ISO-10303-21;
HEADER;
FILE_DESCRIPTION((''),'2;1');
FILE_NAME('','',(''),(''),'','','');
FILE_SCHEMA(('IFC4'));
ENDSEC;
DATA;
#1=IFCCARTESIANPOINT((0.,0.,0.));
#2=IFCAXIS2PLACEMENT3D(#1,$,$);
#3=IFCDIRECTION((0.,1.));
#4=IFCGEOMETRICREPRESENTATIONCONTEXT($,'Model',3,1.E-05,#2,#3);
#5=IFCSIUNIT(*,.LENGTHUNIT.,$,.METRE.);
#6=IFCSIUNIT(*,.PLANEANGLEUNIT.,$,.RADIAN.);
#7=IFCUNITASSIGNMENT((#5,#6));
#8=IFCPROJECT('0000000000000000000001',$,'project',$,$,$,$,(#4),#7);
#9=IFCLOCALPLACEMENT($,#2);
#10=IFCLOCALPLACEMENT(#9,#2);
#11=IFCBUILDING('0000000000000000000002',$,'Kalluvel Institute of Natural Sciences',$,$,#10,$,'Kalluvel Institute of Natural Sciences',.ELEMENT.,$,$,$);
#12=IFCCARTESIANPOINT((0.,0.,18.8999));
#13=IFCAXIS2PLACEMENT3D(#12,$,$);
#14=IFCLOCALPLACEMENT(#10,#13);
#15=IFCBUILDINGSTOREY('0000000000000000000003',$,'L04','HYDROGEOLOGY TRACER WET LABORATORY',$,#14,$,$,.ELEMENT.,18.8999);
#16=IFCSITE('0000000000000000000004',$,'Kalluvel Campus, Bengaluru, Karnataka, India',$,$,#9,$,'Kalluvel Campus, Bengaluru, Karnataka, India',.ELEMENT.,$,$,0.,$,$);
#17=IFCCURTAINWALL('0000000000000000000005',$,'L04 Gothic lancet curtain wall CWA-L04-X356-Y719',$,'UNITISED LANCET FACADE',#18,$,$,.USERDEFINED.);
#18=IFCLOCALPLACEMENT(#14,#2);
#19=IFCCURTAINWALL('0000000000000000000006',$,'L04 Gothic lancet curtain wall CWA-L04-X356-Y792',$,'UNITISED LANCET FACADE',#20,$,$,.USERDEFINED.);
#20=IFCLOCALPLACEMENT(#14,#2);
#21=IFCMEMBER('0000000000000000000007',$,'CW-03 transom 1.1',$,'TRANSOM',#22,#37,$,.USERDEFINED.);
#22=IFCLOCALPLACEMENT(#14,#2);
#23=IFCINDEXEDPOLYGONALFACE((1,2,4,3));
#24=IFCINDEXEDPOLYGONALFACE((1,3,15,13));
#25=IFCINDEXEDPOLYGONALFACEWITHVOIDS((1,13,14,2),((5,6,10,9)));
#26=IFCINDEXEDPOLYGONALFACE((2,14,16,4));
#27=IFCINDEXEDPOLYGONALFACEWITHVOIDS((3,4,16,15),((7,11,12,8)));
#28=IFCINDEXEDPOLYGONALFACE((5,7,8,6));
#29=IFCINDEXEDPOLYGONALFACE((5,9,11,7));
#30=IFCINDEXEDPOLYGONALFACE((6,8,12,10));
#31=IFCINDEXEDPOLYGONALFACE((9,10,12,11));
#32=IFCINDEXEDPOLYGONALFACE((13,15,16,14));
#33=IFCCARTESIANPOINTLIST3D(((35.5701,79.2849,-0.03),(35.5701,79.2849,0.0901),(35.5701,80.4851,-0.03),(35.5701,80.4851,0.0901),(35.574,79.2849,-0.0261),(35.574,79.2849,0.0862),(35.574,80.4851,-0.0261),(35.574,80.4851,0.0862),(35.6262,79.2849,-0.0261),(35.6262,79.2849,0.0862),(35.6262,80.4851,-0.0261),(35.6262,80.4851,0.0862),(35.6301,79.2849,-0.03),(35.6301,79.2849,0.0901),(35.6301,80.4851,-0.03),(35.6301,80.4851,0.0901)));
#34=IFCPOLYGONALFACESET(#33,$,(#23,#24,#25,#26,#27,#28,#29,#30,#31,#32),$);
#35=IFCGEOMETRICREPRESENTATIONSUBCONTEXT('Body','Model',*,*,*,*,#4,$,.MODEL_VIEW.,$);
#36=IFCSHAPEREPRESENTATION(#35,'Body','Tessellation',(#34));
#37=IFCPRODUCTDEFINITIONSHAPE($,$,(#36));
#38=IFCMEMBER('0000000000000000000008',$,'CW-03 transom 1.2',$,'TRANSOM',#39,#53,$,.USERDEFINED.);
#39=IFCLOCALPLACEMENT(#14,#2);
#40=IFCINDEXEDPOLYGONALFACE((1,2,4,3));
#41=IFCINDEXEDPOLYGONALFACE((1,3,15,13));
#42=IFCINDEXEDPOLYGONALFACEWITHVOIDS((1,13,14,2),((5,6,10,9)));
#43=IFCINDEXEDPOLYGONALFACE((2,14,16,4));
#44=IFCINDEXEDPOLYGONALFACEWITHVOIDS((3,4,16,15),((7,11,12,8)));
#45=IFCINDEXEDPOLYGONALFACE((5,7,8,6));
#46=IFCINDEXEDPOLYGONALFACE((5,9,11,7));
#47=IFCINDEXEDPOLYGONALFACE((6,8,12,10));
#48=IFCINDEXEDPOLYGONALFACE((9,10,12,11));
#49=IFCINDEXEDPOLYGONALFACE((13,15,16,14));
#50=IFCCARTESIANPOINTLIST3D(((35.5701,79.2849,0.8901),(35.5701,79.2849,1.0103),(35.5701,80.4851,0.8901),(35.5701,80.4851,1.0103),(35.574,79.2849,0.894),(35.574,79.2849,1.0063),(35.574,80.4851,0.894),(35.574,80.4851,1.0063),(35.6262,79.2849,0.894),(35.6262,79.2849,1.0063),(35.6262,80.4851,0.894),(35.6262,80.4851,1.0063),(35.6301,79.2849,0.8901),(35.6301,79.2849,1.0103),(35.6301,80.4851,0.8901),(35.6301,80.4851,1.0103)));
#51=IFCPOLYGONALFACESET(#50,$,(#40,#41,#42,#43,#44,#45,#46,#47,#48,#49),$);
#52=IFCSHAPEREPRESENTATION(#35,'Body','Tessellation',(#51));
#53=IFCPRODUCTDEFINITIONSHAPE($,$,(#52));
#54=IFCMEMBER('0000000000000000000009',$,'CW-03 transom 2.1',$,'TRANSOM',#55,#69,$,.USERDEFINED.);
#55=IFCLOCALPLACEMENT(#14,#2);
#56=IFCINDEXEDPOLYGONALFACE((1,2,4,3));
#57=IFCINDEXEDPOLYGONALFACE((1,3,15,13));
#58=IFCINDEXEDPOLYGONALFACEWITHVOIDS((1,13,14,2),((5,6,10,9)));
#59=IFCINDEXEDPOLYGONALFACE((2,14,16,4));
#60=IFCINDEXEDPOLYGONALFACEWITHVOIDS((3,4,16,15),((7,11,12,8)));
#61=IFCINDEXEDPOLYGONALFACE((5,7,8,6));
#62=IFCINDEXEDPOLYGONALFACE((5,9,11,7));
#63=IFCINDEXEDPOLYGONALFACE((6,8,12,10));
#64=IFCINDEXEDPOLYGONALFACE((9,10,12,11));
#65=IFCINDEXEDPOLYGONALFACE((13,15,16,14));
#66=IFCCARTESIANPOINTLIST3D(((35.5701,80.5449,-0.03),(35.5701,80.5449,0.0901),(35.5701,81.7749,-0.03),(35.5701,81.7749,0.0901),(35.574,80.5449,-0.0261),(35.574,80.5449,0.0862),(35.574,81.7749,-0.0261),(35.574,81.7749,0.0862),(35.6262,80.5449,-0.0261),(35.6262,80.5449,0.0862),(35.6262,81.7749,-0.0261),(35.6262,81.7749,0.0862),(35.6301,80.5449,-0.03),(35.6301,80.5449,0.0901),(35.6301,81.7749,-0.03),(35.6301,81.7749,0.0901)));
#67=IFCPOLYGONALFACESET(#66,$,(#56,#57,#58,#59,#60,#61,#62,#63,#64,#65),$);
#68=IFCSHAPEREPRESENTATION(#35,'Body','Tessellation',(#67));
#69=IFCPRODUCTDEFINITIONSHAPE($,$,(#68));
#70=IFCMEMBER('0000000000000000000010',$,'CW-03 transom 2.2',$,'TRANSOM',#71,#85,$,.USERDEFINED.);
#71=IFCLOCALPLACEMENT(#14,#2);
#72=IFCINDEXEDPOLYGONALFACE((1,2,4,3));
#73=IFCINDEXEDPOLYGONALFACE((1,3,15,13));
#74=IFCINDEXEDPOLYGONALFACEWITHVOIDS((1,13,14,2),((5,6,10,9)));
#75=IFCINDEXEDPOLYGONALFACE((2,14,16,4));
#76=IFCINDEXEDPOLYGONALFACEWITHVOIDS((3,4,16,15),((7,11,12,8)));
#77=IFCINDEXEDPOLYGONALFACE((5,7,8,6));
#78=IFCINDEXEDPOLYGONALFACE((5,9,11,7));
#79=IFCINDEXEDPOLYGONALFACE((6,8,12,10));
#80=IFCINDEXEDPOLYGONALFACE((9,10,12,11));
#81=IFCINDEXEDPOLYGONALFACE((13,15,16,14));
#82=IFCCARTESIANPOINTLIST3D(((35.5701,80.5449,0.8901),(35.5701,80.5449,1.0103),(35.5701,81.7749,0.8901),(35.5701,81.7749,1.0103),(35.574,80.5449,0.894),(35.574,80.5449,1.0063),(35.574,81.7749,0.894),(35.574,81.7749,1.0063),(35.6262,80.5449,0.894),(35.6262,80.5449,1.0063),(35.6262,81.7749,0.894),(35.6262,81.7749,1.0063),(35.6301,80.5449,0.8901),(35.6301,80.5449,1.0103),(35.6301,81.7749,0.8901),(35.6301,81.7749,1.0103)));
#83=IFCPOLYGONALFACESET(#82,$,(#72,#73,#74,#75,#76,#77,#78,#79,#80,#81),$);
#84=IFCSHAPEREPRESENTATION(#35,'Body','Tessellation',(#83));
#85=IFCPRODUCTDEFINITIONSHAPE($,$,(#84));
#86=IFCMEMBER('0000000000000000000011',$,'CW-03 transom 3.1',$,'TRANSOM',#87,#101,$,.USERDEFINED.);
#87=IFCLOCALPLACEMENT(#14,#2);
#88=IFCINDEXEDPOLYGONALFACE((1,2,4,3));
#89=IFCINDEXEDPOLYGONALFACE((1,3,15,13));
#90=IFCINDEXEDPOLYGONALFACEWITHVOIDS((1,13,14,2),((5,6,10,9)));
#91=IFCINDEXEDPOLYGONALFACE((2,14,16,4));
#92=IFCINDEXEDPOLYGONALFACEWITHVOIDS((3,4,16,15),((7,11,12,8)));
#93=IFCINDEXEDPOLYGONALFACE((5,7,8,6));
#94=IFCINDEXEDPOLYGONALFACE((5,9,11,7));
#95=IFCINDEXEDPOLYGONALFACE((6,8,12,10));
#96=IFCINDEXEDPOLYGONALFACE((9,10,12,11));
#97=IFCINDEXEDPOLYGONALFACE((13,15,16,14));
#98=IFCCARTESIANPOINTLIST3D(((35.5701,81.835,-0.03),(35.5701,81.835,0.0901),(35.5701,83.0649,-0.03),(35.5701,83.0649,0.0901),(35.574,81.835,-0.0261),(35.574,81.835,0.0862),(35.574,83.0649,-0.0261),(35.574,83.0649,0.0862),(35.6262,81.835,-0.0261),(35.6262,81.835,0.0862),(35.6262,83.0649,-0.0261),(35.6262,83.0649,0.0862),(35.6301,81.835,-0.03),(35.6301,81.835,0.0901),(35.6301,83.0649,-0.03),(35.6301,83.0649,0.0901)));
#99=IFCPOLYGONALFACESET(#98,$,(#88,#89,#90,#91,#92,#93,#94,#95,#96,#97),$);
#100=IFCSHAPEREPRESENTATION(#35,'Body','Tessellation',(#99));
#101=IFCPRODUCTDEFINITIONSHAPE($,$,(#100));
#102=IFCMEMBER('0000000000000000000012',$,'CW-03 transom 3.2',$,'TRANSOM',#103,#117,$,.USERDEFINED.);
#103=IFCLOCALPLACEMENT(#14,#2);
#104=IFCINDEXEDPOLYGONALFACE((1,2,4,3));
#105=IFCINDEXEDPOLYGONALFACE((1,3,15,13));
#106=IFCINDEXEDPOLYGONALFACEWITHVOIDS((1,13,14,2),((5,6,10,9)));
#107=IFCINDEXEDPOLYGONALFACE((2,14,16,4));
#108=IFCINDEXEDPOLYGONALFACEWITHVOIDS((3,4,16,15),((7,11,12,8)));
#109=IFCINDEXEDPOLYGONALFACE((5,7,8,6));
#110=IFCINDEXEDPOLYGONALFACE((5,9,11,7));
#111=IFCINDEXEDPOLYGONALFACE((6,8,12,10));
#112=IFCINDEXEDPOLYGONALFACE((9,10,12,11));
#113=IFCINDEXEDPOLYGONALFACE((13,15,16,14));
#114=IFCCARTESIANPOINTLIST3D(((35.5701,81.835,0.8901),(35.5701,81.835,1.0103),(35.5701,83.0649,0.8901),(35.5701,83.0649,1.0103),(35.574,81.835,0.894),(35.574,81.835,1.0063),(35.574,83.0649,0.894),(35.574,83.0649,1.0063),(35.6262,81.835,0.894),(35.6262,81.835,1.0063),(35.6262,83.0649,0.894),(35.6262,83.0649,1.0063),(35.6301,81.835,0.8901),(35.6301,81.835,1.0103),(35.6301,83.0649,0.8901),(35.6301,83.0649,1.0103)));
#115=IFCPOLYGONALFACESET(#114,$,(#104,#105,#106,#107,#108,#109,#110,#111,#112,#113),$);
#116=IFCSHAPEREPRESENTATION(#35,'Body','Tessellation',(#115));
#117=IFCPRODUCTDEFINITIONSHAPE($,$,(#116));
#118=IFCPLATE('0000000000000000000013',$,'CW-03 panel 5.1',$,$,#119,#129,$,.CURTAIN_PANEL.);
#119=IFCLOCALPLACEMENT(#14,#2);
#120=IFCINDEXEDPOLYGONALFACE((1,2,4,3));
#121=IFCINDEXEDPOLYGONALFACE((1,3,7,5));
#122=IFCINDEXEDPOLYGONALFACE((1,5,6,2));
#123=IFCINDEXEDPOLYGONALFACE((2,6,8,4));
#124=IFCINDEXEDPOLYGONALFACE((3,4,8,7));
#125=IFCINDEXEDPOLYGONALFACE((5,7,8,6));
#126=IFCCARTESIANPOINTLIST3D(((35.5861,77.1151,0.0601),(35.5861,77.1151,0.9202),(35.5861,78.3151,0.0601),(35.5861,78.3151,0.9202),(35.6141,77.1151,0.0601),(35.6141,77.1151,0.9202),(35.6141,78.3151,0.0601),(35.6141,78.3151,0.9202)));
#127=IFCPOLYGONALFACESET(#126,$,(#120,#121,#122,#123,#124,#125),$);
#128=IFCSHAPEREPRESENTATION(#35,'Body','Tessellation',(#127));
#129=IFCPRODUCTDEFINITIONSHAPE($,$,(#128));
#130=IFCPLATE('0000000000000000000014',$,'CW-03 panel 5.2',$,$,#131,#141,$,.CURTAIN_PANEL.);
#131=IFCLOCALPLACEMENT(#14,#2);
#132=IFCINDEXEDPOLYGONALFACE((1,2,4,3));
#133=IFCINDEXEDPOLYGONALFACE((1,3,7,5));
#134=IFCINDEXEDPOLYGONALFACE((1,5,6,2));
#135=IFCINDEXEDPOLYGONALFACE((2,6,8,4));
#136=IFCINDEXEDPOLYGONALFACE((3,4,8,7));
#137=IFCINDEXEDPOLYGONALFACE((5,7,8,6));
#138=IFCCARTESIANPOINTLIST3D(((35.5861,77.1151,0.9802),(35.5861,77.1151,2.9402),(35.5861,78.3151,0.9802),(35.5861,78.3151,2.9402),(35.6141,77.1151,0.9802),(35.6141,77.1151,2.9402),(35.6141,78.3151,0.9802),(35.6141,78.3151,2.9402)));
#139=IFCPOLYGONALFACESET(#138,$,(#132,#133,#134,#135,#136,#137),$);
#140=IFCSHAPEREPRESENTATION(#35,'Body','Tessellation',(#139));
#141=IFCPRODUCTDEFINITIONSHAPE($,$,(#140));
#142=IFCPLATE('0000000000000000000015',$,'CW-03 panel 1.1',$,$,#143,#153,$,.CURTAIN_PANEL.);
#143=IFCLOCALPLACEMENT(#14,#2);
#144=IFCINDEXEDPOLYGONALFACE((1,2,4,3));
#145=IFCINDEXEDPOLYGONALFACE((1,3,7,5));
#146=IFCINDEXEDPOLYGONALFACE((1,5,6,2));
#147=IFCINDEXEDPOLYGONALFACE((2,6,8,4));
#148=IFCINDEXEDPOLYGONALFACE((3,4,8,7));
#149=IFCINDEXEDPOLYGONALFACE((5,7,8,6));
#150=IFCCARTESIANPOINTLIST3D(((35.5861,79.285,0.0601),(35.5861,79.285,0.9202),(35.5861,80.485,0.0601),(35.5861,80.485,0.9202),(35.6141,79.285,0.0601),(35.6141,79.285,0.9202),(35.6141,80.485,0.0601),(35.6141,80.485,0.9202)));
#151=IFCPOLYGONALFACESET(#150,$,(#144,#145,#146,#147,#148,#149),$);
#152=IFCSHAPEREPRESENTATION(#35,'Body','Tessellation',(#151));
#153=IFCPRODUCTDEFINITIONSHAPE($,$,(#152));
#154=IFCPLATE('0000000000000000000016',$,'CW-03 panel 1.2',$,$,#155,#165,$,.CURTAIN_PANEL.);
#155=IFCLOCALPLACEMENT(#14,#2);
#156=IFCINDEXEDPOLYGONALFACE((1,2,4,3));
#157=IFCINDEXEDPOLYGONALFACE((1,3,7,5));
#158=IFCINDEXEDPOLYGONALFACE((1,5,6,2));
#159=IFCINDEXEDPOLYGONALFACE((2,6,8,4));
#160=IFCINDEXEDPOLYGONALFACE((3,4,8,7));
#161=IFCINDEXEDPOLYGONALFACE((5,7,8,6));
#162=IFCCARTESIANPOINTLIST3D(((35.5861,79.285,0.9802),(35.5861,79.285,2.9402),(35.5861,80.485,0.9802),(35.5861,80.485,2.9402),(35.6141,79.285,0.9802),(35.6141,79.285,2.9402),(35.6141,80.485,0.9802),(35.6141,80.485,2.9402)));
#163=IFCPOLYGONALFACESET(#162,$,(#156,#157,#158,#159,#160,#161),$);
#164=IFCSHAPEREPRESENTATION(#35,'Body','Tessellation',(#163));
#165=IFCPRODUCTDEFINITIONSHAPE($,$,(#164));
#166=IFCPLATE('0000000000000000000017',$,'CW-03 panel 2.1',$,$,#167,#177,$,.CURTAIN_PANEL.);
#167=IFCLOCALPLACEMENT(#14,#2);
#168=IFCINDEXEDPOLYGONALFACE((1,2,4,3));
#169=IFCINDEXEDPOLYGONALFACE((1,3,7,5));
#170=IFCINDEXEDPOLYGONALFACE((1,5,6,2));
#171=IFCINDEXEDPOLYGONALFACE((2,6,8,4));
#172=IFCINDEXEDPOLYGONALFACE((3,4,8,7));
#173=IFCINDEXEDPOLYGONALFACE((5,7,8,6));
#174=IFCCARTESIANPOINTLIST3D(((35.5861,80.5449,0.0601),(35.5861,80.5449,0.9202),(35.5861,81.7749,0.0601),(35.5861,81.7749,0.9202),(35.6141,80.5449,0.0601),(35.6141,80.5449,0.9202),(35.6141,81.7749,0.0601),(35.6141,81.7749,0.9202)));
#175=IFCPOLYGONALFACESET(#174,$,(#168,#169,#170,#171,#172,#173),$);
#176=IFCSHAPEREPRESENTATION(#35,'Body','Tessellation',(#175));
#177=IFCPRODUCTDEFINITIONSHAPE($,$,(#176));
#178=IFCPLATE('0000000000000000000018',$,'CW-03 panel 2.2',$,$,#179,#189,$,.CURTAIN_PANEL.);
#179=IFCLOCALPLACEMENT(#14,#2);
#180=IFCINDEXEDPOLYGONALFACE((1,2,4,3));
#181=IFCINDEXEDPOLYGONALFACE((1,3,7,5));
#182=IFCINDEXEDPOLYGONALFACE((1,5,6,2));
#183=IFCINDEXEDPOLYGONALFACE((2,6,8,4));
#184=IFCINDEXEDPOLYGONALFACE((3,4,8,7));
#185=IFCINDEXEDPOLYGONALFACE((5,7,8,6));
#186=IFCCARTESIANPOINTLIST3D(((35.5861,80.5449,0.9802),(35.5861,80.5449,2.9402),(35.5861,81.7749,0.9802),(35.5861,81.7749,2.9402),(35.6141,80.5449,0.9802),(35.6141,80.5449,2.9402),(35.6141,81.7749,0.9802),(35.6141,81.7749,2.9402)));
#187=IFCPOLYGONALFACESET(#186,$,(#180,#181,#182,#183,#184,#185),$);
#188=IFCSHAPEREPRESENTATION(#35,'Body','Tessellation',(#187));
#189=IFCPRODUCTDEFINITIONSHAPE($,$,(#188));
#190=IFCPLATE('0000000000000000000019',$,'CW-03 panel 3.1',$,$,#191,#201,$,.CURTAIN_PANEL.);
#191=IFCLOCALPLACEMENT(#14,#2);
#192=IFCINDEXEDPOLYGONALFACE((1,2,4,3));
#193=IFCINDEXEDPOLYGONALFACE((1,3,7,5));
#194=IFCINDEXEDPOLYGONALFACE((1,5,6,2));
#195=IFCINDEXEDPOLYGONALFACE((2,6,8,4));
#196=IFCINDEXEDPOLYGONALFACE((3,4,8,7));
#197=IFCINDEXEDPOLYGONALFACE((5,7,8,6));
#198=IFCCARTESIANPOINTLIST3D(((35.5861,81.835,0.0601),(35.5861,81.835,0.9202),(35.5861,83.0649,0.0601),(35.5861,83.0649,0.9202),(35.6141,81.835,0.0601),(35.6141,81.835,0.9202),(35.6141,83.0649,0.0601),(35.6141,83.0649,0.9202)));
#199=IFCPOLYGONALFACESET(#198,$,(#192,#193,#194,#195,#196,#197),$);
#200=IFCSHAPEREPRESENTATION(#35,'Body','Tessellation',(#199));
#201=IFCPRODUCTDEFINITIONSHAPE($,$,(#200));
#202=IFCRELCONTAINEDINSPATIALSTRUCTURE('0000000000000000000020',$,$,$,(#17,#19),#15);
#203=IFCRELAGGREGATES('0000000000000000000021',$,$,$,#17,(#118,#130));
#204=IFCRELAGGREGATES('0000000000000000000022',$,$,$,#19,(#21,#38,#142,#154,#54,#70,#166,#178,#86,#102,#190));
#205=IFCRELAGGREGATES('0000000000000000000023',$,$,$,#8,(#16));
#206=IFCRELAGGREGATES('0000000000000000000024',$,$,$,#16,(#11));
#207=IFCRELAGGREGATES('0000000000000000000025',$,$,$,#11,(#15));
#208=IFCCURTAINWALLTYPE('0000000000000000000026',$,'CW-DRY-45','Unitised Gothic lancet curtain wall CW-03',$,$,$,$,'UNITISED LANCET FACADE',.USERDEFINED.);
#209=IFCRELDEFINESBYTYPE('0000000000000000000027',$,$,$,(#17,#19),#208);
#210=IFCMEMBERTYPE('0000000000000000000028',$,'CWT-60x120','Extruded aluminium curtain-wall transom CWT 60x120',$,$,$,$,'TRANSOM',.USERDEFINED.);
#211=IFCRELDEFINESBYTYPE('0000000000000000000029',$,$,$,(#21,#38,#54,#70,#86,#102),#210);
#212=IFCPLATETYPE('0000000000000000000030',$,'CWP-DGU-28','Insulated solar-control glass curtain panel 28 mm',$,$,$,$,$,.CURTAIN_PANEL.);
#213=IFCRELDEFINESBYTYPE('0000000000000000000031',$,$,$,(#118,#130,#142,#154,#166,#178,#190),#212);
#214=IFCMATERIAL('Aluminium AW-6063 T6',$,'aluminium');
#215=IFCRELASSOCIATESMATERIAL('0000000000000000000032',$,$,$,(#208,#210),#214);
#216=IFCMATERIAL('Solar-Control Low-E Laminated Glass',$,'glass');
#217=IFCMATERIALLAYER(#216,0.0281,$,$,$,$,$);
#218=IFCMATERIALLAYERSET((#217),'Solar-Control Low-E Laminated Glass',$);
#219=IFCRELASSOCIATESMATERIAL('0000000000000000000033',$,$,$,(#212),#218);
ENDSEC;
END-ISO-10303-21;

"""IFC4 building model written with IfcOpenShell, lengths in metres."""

from ifc_helpers import new_model, si_unit, direction, frame, origin, origin_2d, place, context, subcontext, project, spatial, rectangle, hollow_rectangle, extrude, material, layer, layer_set, material_profile, profile_set, type_object, element, aggregate, save


model = new_model("IFC4")

# Units and contexts
model_context = context("Model", 3, precision=1e-05, world=origin(), true_north=direction((0.0, 1.0)))
body_context = subcontext(model_context, "Body", "Model", "MODEL_VIEW")
ifc_project = project(units=[si_unit("LENGTHUNIT", "METRE"), si_unit("PLANEANGLEUNIT", "RADIAN")], contexts=[model_context])

# Site, building, storey
site_placement = place(None, origin())
site = spatial("IfcSite", under=ifc_project, at=site_placement, Name="Kalluvel Campus, Bengaluru, Karnataka, India", LongName="Kalluvel Campus, Bengaluru, Karnataka, India", CompositionType="ELEMENT", RefElevation=0.0)
building_placement = place(site_placement, origin())
building = spatial("IfcBuilding", under=site, at=building_placement, Name="Kalluvel Institute of Natural Sciences", LongName="Kalluvel Institute of Natural Sciences", CompositionType="ELEMENT")
storey_placement = place(building_placement, frame((0.0, 0.0, 18.8999)))
storey = spatial("IfcBuildingStorey", under=building, at=storey_placement, Name="L04", Description="HYDROGEOLOGY TRACER WET LABORATORY", CompositionType="ELEMENT", Elevation=18.8999)

# Curtain wall
ifc_material_1 = material(Name="Aluminium AW-6063 T6", Category="aluminium")
curtain_wall_type = type_object("IfcCurtainWallType", Name="CW-DRY-45", Description="Unitised Gothic lancet curtain wall CW-03", ElementType="UNITISED LANCET FACADE", PredefinedType="USERDEFINED", material=ifc_material_1)
curtain_wall_1_placement = place(storey_placement, origin())
curtain_wall_1 = element("IfcCurtainWall", 1, at=curtain_wall_1_placement, inside=storey, type_object=curtain_wall_type, Name="L04 Gothic lancet curtain wall CWA-L04-X356-Y719", ObjectType="UNITISED LANCET FACADE", PredefinedType="USERDEFINED")

# Curtain wall, members
curtain_wall_2_placement = place(storey_placement, origin())
curtain_wall_2 = element("IfcCurtainWall", 2, at=curtain_wall_2_placement, inside=storey, type_object=curtain_wall_type, Name="L04 Gothic lancet curtain wall CWA-L04-X356-Y792", ObjectType="UNITISED LANCET FACADE", PredefinedType="USERDEFINED")
ifc_material_profile_1 = material_profile(ifc_material_1, hollow_rectangle(XDim=0.0601, YDim=0.1201, WallThickness=0.0039, at=origin_2d()), Name="CWT 60x120")
ifc_profile_set_1 = profile_set([ifc_material_profile_1], Name="Aluminium AW-6063 T6")
member_type_1 = type_object("IfcMemberType", Name="CWT-60x120", Description="Extruded aluminium curtain-wall transom CWT 60x120", ElementType="TRANSOM", PredefinedType="USERDEFINED", material=ifc_profile_set_1)
member_1_placement = place(storey_placement, frame((35.6001, 79.2849, 0.03), z_axis=(0.0, 1.0, 0.0), x_axis=(-1.0, 0.0, 0.0)))
member_1 = element("IfcMember", 3, at=member_1_placement, type_object=member_type_1, Name="CW-03 transom 1.1", ObjectType="TRANSOM", PredefinedType="USERDEFINED", context=body_context, shape_type="SweptSolid", body=[
    extrude(hollow_rectangle(XDim=0.0601, YDim=0.1201, WallThickness=0.0039, at=origin_2d()), origin(), (0.0, 0.0, 1.0), 1.2002),
])
member_2_placement = place(storey_placement, frame((35.6001, 79.2849, 0.9502), z_axis=(0.0, 1.0, 0.0), x_axis=(-1.0, 0.0, 0.0)))
member_2 = element("IfcMember", 4, at=member_2_placement, type_object=member_type_1, Name="CW-03 transom 1.2", ObjectType="TRANSOM", PredefinedType="USERDEFINED", context=body_context, shape_type="SweptSolid", body=[
    extrude(hollow_rectangle(XDim=0.0601, YDim=0.1201, WallThickness=0.0039, at=origin_2d()), origin(), (0.0, 0.0, 1.0), 1.2002),
])
member_3_placement = place(storey_placement, frame((35.6001, 80.5449, 0.03), z_axis=(0.0, 1.0, 0.0), x_axis=(-1.0, 0.0, 0.0)))
member_3 = element("IfcMember", 5, at=member_3_placement, type_object=member_type_1, Name="CW-03 transom 2.1", ObjectType="TRANSOM", PredefinedType="USERDEFINED", context=body_context, shape_type="SweptSolid", body=[
    extrude(hollow_rectangle(XDim=0.0601, YDim=0.1201, WallThickness=0.0039, at=origin_2d()), origin(), (0.0, 0.0, 1.0), 1.23),
])
member_4_placement = place(storey_placement, frame((35.6001, 80.5449, 0.9502), z_axis=(0.0, 1.0, 0.0), x_axis=(-1.0, 0.0, 0.0)))
member_4 = element("IfcMember", 6, at=member_4_placement, type_object=member_type_1, Name="CW-03 transom 2.2", ObjectType="TRANSOM", PredefinedType="USERDEFINED", context=body_context, shape_type="SweptSolid", body=[
    extrude(hollow_rectangle(XDim=0.0601, YDim=0.1201, WallThickness=0.0039, at=origin_2d()), origin(), (0.0, 0.0, 1.0), 1.23),
])
member_5_placement = place(storey_placement, frame((35.6001, 81.835, 0.03), z_axis=(0.0, 1.0, 0.0), x_axis=(-1.0, 0.0, 0.0)))
member_5 = element("IfcMember", 7, at=member_5_placement, type_object=member_type_1, Name="CW-03 transom 3.1", ObjectType="TRANSOM", PredefinedType="USERDEFINED", context=body_context, shape_type="SweptSolid", body=[
    extrude(hollow_rectangle(XDim=0.0601, YDim=0.1201, WallThickness=0.0039, at=origin_2d()), origin(), (0.0, 0.0, 1.0), 1.23),
])
member_6_placement = place(storey_placement, frame((35.6001, 81.835, 0.9502), z_axis=(0.0, 1.0, 0.0), x_axis=(-1.0, 0.0, 0.0)))
member_6 = element("IfcMember", 8, at=member_6_placement, type_object=member_type_1, Name="CW-03 transom 3.2", ObjectType="TRANSOM", PredefinedType="USERDEFINED", context=body_context, shape_type="SweptSolid", body=[
    extrude(hollow_rectangle(XDim=0.0601, YDim=0.1201, WallThickness=0.0039, at=origin_2d()), origin(), (0.0, 0.0, 1.0), 1.23),
])

# Plates
ifc_material_2 = material(Name="Solar-Control Low-E Laminated Glass", Category="glass")
ifc_layer = layer(ifc_material_2, 0.0281)
ifc_layer_set = layer_set([ifc_layer], Name="Solar-Control Low-E Laminated Glass")
plate_type = type_object("IfcPlateType", Name="CWP-DGU-28", Description="Insulated solar-control glass curtain panel 28 mm", PredefinedType="CURTAIN_PANEL", material=ifc_layer_set)
plate_1_placement = place(storey_placement, frame((35.6001, 77.7151, 0.0601), z_axis=(0.0, 0.0, 1.0), x_axis=(0.0, 1.0, 0.0)))
plate_1 = element("IfcPlate", 9, at=plate_1_placement, type_object=plate_type, Name="CW-03 panel 5.1", PredefinedType="CURTAIN_PANEL", context=body_context, shape_type="SweptSolid", body=[
    extrude(rectangle(XDim=1.2, YDim=0.0281, at=origin_2d()), origin(), (0.0, 0.0, 1.0), 0.8601),
])
plate_2_placement = place(storey_placement, frame((35.6001, 77.7151, 0.9802), z_axis=(0.0, 0.0, 1.0), x_axis=(0.0, 1.0, 0.0)))
plate_2 = element("IfcPlate", 10, at=plate_2_placement, type_object=plate_type, Name="CW-03 panel 5.2", PredefinedType="CURTAIN_PANEL", context=body_context, shape_type="SweptSolid", body=[
    extrude(rectangle(XDim=1.2, YDim=0.0281, at=origin_2d()), origin(), (0.0, 0.0, 1.0), 1.96),
])
aggregate(curtain_wall_1, [plate_1, plate_2])
plate_3_placement = place(storey_placement, frame((35.6001, 79.885, 0.0601), z_axis=(0.0, 0.0, 1.0), x_axis=(0.0, 1.0, 0.0)))
plate_3 = element("IfcPlate", 11, at=plate_3_placement, type_object=plate_type, Name="CW-03 panel 1.1", PredefinedType="CURTAIN_PANEL", context=body_context, shape_type="SweptSolid", body=[
    extrude(rectangle(XDim=1.2, YDim=0.0281, at=origin_2d()), origin(), (0.0, 0.0, 1.0), 0.8601),
])
plate_4_placement = place(storey_placement, frame((35.6001, 79.885, 0.9802), z_axis=(0.0, 0.0, 1.0), x_axis=(0.0, 1.0, 0.0)))
plate_4 = element("IfcPlate", 12, at=plate_4_placement, type_object=plate_type, Name="CW-03 panel 1.2", PredefinedType="CURTAIN_PANEL", context=body_context, shape_type="SweptSolid", body=[
    extrude(rectangle(XDim=1.2, YDim=0.0281, at=origin_2d()), origin(), (0.0, 0.0, 1.0), 1.96),
])
plate_5_placement = place(storey_placement, frame((35.6001, 81.1599, 0.0601), z_axis=(0.0, 0.0, 1.0), x_axis=(0.0, 1.0, 0.0)))
plate_5 = element("IfcPlate", 13, at=plate_5_placement, type_object=plate_type, Name="CW-03 panel 2.1", PredefinedType="CURTAIN_PANEL", context=body_context, shape_type="SweptSolid", body=[
    extrude(rectangle(XDim=1.23, YDim=0.0281, at=origin_2d()), origin(), (0.0, 0.0, 1.0), 0.8601),
])
plate_6_placement = place(storey_placement, frame((35.6001, 81.1599, 0.9802), z_axis=(0.0, 0.0, 1.0), x_axis=(0.0, 1.0, 0.0)))
plate_6 = element("IfcPlate", 14, at=plate_6_placement, type_object=plate_type, Name="CW-03 panel 2.2", PredefinedType="CURTAIN_PANEL", context=body_context, shape_type="SweptSolid", body=[
    extrude(rectangle(XDim=1.23, YDim=0.0281, at=origin_2d()), origin(), (0.0, 0.0, 1.0), 1.96),
])
plate_7_placement = place(storey_placement, frame((35.6001, 82.45, 0.0601), z_axis=(0.0, 0.0, 1.0), x_axis=(0.0, 1.0, 0.0)))
plate_7 = element("IfcPlate", 15, at=plate_7_placement, type_object=plate_type, Name="CW-03 panel 3.1", PredefinedType="CURTAIN_PANEL", context=body_context, shape_type="SweptSolid", body=[
    extrude(rectangle(XDim=1.23, YDim=0.0281, at=origin_2d()), origin(), (0.0, 0.0, 1.0), 0.8601),
])
aggregate(curtain_wall_2, [member_1, member_2, plate_3, plate_4, member_3, member_4, plate_5, plate_6, member_5, member_6, plate_7])

save(model, "model.ifc")
